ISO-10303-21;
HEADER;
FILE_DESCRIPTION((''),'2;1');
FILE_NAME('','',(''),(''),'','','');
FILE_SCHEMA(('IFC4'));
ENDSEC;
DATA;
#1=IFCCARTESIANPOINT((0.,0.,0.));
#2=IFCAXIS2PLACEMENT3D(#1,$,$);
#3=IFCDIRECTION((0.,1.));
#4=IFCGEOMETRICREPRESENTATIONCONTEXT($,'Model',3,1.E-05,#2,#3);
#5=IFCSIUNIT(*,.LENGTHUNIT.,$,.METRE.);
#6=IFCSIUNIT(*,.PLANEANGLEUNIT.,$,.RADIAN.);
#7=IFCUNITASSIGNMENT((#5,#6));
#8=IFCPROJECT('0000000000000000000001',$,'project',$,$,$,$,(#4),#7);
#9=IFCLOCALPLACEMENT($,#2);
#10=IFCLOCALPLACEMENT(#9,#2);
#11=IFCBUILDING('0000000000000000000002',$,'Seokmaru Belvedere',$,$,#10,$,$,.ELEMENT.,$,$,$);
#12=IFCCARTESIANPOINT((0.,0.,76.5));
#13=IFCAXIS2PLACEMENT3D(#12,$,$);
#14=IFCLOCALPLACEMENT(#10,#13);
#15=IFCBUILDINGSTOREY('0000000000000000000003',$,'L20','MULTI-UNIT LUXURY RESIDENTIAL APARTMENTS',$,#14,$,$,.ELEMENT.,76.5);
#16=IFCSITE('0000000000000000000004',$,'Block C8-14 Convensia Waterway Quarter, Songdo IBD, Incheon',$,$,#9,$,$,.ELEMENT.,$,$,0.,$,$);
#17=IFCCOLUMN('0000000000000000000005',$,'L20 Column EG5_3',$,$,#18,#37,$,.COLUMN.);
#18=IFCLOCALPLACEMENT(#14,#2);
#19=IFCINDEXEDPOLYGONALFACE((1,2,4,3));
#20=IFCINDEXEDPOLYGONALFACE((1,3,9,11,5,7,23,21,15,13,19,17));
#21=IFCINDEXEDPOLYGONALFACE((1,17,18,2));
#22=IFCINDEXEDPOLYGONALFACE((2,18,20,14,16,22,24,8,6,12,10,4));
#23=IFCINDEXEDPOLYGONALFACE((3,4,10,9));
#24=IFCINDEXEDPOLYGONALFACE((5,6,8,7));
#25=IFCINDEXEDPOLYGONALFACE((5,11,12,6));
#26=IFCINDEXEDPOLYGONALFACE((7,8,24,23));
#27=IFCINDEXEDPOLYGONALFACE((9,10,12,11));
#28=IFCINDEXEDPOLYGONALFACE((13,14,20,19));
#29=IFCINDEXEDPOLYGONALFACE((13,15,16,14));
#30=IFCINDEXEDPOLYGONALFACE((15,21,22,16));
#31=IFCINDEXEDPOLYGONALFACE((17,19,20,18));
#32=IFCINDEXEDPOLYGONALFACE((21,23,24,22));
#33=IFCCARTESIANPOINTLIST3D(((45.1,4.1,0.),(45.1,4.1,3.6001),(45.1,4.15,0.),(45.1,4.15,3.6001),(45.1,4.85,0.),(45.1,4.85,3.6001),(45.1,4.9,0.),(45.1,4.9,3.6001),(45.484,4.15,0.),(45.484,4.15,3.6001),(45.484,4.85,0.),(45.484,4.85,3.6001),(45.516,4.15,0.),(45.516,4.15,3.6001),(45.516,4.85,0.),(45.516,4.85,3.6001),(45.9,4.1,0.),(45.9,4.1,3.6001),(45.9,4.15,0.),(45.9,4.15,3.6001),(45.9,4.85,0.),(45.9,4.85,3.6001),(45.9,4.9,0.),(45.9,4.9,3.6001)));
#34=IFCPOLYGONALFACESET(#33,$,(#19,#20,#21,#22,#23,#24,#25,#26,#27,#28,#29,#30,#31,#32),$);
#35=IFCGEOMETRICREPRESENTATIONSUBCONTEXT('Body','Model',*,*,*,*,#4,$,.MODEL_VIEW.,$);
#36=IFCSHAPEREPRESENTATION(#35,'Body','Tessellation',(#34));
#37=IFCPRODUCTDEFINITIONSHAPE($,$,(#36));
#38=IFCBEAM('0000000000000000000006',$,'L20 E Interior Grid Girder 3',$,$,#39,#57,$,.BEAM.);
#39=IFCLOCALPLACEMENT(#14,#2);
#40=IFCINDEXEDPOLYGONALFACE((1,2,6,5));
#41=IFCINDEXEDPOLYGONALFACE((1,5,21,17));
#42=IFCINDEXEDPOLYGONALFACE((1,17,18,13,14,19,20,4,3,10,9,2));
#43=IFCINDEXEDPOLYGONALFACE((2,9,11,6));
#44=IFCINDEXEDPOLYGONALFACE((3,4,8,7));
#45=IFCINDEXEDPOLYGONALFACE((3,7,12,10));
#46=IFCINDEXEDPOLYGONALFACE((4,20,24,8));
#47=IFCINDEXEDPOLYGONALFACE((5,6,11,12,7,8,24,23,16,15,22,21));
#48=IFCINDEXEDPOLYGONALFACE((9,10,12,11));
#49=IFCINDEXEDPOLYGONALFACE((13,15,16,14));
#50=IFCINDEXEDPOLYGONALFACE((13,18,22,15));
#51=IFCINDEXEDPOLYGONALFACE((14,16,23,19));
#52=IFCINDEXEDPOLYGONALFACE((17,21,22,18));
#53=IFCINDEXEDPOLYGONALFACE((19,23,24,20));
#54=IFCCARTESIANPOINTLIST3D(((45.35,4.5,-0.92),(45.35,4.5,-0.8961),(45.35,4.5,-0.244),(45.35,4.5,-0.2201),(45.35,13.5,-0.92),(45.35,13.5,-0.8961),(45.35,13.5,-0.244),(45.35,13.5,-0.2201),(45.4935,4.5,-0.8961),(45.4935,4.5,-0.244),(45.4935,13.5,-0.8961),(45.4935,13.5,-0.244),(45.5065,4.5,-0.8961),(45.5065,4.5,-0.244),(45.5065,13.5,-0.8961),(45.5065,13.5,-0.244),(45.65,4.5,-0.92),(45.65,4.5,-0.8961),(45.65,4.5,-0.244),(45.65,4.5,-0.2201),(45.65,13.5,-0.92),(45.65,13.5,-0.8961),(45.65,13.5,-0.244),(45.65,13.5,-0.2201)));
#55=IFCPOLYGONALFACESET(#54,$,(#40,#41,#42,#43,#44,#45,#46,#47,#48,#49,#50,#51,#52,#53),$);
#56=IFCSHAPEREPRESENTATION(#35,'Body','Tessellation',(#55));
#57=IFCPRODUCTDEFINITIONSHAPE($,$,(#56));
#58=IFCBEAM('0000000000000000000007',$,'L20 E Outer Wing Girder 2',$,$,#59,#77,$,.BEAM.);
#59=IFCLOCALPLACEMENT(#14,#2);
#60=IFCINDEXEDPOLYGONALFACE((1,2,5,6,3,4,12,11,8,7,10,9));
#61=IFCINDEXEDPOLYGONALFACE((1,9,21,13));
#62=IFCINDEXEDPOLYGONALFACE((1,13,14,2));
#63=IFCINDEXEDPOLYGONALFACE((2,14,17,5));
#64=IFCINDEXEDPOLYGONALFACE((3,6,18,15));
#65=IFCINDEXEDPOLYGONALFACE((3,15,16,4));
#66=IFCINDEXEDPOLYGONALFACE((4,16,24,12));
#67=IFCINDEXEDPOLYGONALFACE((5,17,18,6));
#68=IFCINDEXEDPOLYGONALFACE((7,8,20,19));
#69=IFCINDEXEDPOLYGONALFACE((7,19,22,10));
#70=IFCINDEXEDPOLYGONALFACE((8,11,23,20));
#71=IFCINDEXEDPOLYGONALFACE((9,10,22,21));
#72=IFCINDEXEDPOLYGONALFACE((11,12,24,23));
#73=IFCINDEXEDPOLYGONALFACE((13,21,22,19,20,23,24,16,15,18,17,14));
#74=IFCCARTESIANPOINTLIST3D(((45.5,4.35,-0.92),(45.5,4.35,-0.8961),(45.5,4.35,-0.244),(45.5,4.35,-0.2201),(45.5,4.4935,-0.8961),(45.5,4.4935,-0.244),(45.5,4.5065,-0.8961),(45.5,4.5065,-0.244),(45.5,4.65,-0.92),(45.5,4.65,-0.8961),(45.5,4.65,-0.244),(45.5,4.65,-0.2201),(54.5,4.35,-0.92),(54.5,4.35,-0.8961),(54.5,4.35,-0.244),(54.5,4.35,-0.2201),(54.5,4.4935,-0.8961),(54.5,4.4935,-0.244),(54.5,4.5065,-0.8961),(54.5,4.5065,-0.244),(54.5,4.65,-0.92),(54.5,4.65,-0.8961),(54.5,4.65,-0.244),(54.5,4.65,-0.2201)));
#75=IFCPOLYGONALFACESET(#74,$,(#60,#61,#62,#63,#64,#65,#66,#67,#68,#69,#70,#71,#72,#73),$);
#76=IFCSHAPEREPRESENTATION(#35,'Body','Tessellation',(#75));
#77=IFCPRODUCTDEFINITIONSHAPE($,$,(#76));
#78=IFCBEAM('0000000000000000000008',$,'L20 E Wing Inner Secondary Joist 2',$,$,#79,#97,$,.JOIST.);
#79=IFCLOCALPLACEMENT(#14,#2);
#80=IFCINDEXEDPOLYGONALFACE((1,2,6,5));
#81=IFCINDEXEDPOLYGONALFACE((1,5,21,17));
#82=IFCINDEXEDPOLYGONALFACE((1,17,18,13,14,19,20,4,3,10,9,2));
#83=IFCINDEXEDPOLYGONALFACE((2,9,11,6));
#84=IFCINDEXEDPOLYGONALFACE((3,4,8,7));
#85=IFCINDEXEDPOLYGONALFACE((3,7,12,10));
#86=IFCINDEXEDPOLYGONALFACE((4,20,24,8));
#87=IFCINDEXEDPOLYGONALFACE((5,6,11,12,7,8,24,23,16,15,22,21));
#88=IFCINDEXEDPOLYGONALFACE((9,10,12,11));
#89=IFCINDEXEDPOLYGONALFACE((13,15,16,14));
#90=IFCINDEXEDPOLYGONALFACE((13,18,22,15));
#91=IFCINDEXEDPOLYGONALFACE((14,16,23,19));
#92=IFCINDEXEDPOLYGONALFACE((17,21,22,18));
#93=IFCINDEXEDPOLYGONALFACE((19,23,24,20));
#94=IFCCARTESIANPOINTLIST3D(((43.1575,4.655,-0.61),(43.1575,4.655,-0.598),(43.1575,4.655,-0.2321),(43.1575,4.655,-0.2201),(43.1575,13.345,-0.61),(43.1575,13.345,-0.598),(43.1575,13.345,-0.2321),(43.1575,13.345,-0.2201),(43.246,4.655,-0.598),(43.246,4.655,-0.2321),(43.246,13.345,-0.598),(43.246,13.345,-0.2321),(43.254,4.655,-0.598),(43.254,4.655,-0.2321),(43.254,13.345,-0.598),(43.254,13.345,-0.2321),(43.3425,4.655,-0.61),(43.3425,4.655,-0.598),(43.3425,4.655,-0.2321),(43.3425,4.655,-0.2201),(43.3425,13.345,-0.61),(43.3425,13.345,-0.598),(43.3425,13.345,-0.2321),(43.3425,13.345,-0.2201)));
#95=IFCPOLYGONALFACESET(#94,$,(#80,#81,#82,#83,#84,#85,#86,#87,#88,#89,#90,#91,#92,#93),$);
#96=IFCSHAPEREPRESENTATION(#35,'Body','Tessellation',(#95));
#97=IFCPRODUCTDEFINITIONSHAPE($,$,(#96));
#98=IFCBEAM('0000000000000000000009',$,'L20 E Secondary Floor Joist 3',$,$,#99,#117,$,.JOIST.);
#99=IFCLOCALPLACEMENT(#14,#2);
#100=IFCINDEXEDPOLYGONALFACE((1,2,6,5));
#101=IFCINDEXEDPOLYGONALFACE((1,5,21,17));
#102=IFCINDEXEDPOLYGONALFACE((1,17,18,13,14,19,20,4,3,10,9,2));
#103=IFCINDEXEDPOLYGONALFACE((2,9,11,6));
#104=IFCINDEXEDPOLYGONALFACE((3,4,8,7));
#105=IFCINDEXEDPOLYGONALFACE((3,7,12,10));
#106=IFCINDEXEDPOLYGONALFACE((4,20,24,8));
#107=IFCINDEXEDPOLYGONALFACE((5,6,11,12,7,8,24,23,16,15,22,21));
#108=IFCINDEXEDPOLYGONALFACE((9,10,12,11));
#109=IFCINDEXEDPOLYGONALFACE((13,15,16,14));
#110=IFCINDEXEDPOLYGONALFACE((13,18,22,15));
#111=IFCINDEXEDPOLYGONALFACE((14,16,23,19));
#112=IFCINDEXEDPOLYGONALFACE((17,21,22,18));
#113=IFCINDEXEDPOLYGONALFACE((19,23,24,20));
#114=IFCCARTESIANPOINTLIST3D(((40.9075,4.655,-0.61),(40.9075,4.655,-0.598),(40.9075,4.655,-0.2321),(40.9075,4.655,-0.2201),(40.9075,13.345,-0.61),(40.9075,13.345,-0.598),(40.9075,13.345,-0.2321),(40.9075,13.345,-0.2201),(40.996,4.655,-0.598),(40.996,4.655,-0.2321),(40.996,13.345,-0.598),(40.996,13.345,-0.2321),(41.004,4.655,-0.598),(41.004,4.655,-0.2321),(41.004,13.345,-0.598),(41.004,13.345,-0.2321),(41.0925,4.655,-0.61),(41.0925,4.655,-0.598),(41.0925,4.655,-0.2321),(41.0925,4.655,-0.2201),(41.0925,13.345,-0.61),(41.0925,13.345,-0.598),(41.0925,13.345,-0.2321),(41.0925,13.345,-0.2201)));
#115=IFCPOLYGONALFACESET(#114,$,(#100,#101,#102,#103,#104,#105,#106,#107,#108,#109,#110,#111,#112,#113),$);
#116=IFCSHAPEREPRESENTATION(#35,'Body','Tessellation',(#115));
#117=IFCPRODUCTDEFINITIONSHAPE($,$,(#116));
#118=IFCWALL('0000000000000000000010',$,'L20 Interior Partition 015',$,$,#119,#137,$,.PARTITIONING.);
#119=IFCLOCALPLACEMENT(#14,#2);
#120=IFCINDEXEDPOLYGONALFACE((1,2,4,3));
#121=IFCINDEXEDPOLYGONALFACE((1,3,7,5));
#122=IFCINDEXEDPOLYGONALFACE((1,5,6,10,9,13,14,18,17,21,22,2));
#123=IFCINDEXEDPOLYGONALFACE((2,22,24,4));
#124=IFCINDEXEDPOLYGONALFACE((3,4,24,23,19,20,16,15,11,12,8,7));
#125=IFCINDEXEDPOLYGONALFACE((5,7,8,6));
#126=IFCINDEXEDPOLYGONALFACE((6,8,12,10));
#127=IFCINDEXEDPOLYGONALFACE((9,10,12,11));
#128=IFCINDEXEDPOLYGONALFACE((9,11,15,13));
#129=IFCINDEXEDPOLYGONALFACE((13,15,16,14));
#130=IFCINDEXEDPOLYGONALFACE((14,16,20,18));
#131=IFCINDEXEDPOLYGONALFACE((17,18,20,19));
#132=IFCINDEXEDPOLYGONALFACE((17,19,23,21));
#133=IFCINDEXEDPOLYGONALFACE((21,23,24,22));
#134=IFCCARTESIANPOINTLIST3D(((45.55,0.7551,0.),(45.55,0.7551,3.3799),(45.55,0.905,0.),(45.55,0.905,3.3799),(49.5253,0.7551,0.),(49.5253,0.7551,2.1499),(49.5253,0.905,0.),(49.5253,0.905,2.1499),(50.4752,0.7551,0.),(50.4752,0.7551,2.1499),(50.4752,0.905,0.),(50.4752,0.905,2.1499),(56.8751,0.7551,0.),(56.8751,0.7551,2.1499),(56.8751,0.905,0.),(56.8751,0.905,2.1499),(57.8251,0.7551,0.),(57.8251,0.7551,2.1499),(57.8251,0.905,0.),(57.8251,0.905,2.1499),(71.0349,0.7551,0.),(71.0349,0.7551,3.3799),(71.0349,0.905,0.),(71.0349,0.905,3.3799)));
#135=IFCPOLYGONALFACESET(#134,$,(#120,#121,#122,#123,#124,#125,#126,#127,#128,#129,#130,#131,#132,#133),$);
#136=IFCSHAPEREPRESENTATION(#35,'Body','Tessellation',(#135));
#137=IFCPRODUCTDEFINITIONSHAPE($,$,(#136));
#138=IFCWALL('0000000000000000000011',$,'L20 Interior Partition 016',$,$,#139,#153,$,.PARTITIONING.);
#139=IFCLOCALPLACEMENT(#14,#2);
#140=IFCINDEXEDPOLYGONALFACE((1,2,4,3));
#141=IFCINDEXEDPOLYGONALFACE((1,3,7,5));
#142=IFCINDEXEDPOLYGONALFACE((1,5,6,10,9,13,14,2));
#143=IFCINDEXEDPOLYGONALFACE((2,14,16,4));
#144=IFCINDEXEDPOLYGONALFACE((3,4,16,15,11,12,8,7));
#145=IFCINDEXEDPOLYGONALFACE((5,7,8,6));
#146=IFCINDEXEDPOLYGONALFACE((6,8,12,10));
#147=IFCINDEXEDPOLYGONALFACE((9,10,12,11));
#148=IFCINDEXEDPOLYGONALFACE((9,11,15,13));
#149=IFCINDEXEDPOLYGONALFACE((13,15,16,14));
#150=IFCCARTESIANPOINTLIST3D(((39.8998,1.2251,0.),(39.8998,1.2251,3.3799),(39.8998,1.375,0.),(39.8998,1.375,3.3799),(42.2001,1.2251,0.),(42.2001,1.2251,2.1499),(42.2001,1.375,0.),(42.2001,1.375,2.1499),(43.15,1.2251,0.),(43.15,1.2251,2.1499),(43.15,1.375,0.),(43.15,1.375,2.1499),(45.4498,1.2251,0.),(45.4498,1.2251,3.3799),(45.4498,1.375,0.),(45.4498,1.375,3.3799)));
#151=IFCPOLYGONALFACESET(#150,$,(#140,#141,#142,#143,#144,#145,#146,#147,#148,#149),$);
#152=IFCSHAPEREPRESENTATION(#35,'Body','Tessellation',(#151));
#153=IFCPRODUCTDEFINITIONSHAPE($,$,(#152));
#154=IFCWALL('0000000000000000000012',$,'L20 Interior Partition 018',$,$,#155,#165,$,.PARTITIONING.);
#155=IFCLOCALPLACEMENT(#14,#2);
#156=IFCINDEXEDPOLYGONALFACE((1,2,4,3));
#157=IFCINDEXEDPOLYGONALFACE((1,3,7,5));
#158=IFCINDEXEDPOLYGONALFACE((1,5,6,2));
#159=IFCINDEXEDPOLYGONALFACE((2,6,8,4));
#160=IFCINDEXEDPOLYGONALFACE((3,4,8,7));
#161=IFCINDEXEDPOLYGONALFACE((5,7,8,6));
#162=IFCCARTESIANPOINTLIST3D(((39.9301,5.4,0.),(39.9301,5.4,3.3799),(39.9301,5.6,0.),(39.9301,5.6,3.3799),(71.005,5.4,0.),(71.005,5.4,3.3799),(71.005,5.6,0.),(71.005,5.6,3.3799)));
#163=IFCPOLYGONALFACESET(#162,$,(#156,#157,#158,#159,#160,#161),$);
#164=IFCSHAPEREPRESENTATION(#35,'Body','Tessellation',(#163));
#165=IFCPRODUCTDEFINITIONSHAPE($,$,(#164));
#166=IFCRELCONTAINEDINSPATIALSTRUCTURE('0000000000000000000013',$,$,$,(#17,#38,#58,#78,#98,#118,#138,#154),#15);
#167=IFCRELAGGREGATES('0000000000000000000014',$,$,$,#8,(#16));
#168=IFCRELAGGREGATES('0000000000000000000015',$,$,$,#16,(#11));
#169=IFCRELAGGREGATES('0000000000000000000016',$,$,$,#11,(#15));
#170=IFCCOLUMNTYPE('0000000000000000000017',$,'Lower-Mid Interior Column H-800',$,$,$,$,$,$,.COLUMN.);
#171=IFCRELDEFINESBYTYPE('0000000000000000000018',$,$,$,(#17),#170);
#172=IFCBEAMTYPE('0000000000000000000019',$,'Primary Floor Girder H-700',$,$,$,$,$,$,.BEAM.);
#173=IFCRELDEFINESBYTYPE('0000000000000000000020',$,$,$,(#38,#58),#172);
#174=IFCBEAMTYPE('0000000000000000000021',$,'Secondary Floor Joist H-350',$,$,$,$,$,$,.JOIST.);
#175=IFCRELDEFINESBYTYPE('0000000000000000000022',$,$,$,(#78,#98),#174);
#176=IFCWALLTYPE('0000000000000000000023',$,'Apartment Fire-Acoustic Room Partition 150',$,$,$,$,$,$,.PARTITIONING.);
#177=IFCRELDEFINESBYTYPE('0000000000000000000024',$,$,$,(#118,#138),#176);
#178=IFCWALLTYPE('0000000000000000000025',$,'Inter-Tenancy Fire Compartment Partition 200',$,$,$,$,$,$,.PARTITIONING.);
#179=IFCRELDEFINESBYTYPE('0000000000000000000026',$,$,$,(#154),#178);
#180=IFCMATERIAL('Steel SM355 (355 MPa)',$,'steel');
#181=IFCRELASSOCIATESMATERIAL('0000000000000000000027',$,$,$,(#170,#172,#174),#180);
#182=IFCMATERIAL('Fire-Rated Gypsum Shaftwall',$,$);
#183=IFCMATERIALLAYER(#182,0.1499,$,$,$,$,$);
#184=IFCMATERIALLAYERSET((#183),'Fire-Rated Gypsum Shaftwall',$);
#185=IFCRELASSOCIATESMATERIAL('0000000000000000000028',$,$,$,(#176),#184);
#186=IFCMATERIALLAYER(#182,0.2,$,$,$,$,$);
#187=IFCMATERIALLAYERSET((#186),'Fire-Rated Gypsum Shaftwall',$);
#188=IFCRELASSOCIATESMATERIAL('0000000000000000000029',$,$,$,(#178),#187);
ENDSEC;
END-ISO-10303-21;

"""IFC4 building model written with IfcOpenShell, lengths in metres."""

from ifc_helpers import new_model, si_unit, direction, frame, frame_2d, origin, origin_2d, place, context, subcontext, project, spatial, rectangle, i_section, extrude, source, transform, mapped, material, layer, layer_set, material_profile, profile_set, type_object, type_shapes, element, save


model = new_model("IFC4")

# Units and contexts
model_context = context("Model", 3, precision=1e-05, world=origin(), true_north=direction((0.0, 1.0)))
body_context = subcontext(model_context, "Body", "Model", "MODEL_VIEW")
ifc_project = project(units=[si_unit("LENGTHUNIT", "METRE"), si_unit("PLANEANGLEUNIT", "RADIAN")], contexts=[model_context])

# Site, building, storey
site_placement = place(None, origin())
site = spatial("IfcSite", under=ifc_project, at=site_placement, Name="Block C8-14 Convensia Waterway Quarter, Songdo IBD, Incheon", CompositionType="ELEMENT", RefElevation=0.0)
building_placement = place(site_placement, origin())
building = spatial("IfcBuilding", under=site, at=building_placement, Name="Seokmaru Belvedere", CompositionType="ELEMENT")
storey_placement = place(building_placement, frame((0.0, 0.0, 76.5)))
storey = spatial("IfcBuildingStorey", under=building, at=storey_placement, Name="L20", Description="MULTI-UNIT LUXURY RESIDENTIAL APARTMENTS", CompositionType="ELEMENT", Elevation=76.5)

# Column
ifc_material_1 = material(Name="Steel SM355 (355 MPa)", Category="steel")
ifc_material_profile_1 = material_profile(ifc_material_1, i_section(OverallWidth=0.8, OverallDepth=0.8, WebThickness=0.032, FlangeThickness=0.05, at=origin_2d()), Name="H-800x800x32x50")
ifc_profile_set_1 = profile_set([ifc_material_profile_1], Name="Steel SM355 (355 MPa)")
column_type = type_object("IfcColumnType", Name="Lower-Mid Interior Column H-800", PredefinedType="COLUMN", material=ifc_profile_set_1)
shared_shape_1 = source(origin(), body_context, "Body", "SweptSolid", [
    extrude(i_section(OverallWidth=0.8, OverallDepth=0.8, WebThickness=0.032, FlangeThickness=0.05, at=origin_2d()), origin(), (0.0, 0.0, 1.0), 3.6001),
])
type_shapes(column_type, [shared_shape_1])
column_placement = place(storey_placement, frame((45.5, 4.5, 0.0), z_axis=(0.0, 0.0, 1.0), x_axis=(1.0, 0.0, 0.0)))
element("IfcColumn", 1, at=column_placement, inside=storey, type_object=column_type, Name="L20 Column EG5_3", PredefinedType="COLUMN", context=body_context, shape_type="MappedRepresentation", body=[
    mapped(shared_shape_1, transform((0.0, 0.0, 0.0), scale=1.0)),
])

# Beams
ifc_material_profile_2 = material_profile(ifc_material_1, i_section(OverallWidth=0.3, OverallDepth=0.7, WebThickness=0.0129, FlangeThickness=0.0239, at=origin_2d()), Name="H-700x300x13x24")
ifc_profile_set_2 = profile_set([ifc_material_profile_2], Name="Steel SM355 (355 MPa)")
beam_type_1 = type_object("IfcBeamType", Name="Primary Floor Girder H-700", PredefinedType="BEAM", material=ifc_profile_set_2)
shared_shape_2 = source(origin(), body_context, "Body", "SweptSolid", [
    extrude(i_section(OverallWidth=0.3, OverallDepth=0.7, WebThickness=0.0129, FlangeThickness=0.0239, at=origin_2d()), origin(), (0.0, 0.0, 1.0), 9.0),
])
type_shapes(beam_type_1, [shared_shape_2])
for number, where, z_axis, x_axis, name in (
    (2, (45.5, 4.5, -0.5701), (0.0, 1.0, 0.0), (-1.0, 0.0, 0.0), "L20 E Interior Grid Girder 3"),
    (3, (45.5, 4.5, -0.5701), (1.0, 0.0, 0.0), (0.0, 1.0, 0.0), "L20 E Outer Wing Girder 2"),
):
    element("IfcBeam", number, at=place(storey_placement, frame(where, z_axis=z_axis, x_axis=x_axis)), inside=storey, type_object=beam_type_1, Name=name, PredefinedType="BEAM", context=body_context, shape_type="MappedRepresentation", body=[
        mapped(shared_shape_2, transform((0.0, 0.0, 0.0), scale=1.0)),
    ])
ifc_material_profile_3 = material_profile(ifc_material_1, i_section(OverallWidth=0.1851, OverallDepth=0.3899, WebThickness=0.0081, FlangeThickness=0.012, at=origin_2d()), Name="H-390x185x8x12")
ifc_profile_set_3 = profile_set([ifc_material_profile_3], Name="Steel SM355 (355 MPa)")
beam_type_2 = type_object("IfcBeamType", Name="Secondary Floor Joist H-350", PredefinedType="JOIST", material=ifc_profile_set_3)
shared_shape_3 = source(origin(), body_context, "Body", "SweptSolid", [
    extrude(i_section(OverallWidth=0.1851, OverallDepth=0.3899, WebThickness=0.0081, FlangeThickness=0.012, at=origin_2d()), origin(), (0.0, 0.0, 1.0), 8.6899),
])
type_shapes(beam_type_2, [shared_shape_3])
for number, where, z_axis, x_axis, name in (
    (4, (43.25, 4.655, -0.415), (0.0, 1.0, 0.0), (-1.0, 0.0, 0.0), "L20 E Wing Inner Secondary Joist 2"),
    (5, (41.0, 4.655, -0.415), (0.0, 1.0, 0.0), (-1.0, 0.0, 0.0), "L20 E Secondary Floor Joist 3"),
):
    element("IfcBeam", number, at=place(storey_placement, frame(where, z_axis=z_axis, x_axis=x_axis)), inside=storey, type_object=beam_type_2, Name=name, PredefinedType="JOIST", context=body_context, shape_type="MappedRepresentation", body=[
        mapped(shared_shape_3, transform((0.0, 0.0, 0.0), scale=1.0)),
    ])

# Wall, openings
ifc_material_2 = material(Name="Fire-Rated Gypsum Shaftwall")
ifc_layer_1 = layer(ifc_material_2, 0.1499)
ifc_layer_set_1 = layer_set([ifc_layer_1], Name="Fire-Rated Gypsum Shaftwall")
wall_type_1 = type_object("IfcWallType", Name="Apartment Fire-Acoustic Room Partition 150", PredefinedType="PARTITIONING", material=ifc_layer_set_1)
wall_1_placement = place(storey_placement, frame((45.55, 0.8301, 0.0), z_axis=(0.0, 0.0, 1.0), x_axis=(1.0, 0.0, 0.0)))
wall_1 = element("IfcWall", 6, at=wall_1_placement, inside=storey, type_object=wall_type_1, Name="L20 Interior Partition 015", PredefinedType="PARTITIONING", context=body_context, shape_type="SweptSolid", body=[
    extrude(rectangle(XDim=25.4849, YDim=0.1499, at=frame_2d((12.7424, 0.0))), origin(), (0.0, 0.0, 1.0), 3.3799),
])
opening_1_placement = place(wall_1_placement, frame((3.9751, 0.0, 0.0)))
element("IfcOpeningElement", 7, at=opening_1_placement, cuts=wall_1, PredefinedType="OPENING", context=body_context, shape_type="SweptSolid", body=[
    extrude(rectangle(XDim=0.95, YDim=2.1499, at=frame_2d((0.4751, 1.075))), frame((0.0, 0.085, 0.0), z_axis=(0.0, -1.0, 0.0), x_axis=(1.0, 0.0, 0.0)), (0.0, 0.0, 1.0), 0.1699),
])
opening_2_placement = place(wall_1_placement, frame((11.325, 0.0, 0.0)))
element("IfcOpeningElement", 8, at=opening_2_placement, cuts=wall_1, PredefinedType="OPENING", context=body_context, shape_type="SweptSolid", body=[
    extrude(rectangle(XDim=0.95, YDim=2.1499, at=frame_2d((0.4751, 1.075))), frame((0.0, 0.085, 0.0), z_axis=(0.0, -1.0, 0.0), x_axis=(1.0, 0.0, 0.0)), (0.0, 0.0, 1.0), 0.1699),
])

# Wall, opening
wall_2_placement = place(storey_placement, frame((39.8999, 1.3, 0.0), z_axis=(0.0, 0.0, 1.0), x_axis=(1.0, 0.0, 0.0)))
wall_2 = element("IfcWall", 9, at=wall_2_placement, inside=storey, type_object=wall_type_1, Name="L20 Interior Partition 016", PredefinedType="PARTITIONING", context=body_context, shape_type="SweptSolid", body=[
    extrude(rectangle(XDim=5.55, YDim=0.1499, at=frame_2d((2.7749, 0.0))), origin(), (0.0, 0.0, 1.0), 3.3799),
])
opening_3_placement = place(wall_2_placement, frame((2.3, 0.0, 0.0)))
element("IfcOpeningElement", 10, at=opening_3_placement, cuts=wall_2, PredefinedType="OPENING", context=body_context, shape_type="SweptSolid", body=[
    extrude(rectangle(XDim=0.95, YDim=2.1499, at=frame_2d((0.4751, 1.075))), frame((0.0, 0.085, 0.0), z_axis=(0.0, -1.0, 0.0), x_axis=(1.0, 0.0, 0.0)), (0.0, 0.0, 1.0), 0.1699),
])

# Wall
ifc_layer_2 = layer(ifc_material_2, 0.2)
ifc_layer_set_2 = layer_set([ifc_layer_2], Name="Fire-Rated Gypsum Shaftwall")
wall_type_2 = type_object("IfcWallType", Name="Inter-Tenancy Fire Compartment Partition 200", PredefinedType="PARTITIONING", material=ifc_layer_set_2)
wall_3_placement = place(storey_placement, frame((39.9299, 5.5, 0.0), z_axis=(0.0, 0.0, 1.0), x_axis=(1.0, 0.0, 0.0)))
element("IfcWall", 11, at=wall_3_placement, inside=storey, type_object=wall_type_2, Name="L20 Interior Partition 018", PredefinedType="PARTITIONING", context=body_context, shape_type="SweptSolid", body=[
    extrude(rectangle(XDim=31.075, YDim=0.2, at=frame_2d((15.5376, 0.0))), origin(), (0.0, 0.0, 1.0), 3.3799),
])

save(model, "model.ifc")
